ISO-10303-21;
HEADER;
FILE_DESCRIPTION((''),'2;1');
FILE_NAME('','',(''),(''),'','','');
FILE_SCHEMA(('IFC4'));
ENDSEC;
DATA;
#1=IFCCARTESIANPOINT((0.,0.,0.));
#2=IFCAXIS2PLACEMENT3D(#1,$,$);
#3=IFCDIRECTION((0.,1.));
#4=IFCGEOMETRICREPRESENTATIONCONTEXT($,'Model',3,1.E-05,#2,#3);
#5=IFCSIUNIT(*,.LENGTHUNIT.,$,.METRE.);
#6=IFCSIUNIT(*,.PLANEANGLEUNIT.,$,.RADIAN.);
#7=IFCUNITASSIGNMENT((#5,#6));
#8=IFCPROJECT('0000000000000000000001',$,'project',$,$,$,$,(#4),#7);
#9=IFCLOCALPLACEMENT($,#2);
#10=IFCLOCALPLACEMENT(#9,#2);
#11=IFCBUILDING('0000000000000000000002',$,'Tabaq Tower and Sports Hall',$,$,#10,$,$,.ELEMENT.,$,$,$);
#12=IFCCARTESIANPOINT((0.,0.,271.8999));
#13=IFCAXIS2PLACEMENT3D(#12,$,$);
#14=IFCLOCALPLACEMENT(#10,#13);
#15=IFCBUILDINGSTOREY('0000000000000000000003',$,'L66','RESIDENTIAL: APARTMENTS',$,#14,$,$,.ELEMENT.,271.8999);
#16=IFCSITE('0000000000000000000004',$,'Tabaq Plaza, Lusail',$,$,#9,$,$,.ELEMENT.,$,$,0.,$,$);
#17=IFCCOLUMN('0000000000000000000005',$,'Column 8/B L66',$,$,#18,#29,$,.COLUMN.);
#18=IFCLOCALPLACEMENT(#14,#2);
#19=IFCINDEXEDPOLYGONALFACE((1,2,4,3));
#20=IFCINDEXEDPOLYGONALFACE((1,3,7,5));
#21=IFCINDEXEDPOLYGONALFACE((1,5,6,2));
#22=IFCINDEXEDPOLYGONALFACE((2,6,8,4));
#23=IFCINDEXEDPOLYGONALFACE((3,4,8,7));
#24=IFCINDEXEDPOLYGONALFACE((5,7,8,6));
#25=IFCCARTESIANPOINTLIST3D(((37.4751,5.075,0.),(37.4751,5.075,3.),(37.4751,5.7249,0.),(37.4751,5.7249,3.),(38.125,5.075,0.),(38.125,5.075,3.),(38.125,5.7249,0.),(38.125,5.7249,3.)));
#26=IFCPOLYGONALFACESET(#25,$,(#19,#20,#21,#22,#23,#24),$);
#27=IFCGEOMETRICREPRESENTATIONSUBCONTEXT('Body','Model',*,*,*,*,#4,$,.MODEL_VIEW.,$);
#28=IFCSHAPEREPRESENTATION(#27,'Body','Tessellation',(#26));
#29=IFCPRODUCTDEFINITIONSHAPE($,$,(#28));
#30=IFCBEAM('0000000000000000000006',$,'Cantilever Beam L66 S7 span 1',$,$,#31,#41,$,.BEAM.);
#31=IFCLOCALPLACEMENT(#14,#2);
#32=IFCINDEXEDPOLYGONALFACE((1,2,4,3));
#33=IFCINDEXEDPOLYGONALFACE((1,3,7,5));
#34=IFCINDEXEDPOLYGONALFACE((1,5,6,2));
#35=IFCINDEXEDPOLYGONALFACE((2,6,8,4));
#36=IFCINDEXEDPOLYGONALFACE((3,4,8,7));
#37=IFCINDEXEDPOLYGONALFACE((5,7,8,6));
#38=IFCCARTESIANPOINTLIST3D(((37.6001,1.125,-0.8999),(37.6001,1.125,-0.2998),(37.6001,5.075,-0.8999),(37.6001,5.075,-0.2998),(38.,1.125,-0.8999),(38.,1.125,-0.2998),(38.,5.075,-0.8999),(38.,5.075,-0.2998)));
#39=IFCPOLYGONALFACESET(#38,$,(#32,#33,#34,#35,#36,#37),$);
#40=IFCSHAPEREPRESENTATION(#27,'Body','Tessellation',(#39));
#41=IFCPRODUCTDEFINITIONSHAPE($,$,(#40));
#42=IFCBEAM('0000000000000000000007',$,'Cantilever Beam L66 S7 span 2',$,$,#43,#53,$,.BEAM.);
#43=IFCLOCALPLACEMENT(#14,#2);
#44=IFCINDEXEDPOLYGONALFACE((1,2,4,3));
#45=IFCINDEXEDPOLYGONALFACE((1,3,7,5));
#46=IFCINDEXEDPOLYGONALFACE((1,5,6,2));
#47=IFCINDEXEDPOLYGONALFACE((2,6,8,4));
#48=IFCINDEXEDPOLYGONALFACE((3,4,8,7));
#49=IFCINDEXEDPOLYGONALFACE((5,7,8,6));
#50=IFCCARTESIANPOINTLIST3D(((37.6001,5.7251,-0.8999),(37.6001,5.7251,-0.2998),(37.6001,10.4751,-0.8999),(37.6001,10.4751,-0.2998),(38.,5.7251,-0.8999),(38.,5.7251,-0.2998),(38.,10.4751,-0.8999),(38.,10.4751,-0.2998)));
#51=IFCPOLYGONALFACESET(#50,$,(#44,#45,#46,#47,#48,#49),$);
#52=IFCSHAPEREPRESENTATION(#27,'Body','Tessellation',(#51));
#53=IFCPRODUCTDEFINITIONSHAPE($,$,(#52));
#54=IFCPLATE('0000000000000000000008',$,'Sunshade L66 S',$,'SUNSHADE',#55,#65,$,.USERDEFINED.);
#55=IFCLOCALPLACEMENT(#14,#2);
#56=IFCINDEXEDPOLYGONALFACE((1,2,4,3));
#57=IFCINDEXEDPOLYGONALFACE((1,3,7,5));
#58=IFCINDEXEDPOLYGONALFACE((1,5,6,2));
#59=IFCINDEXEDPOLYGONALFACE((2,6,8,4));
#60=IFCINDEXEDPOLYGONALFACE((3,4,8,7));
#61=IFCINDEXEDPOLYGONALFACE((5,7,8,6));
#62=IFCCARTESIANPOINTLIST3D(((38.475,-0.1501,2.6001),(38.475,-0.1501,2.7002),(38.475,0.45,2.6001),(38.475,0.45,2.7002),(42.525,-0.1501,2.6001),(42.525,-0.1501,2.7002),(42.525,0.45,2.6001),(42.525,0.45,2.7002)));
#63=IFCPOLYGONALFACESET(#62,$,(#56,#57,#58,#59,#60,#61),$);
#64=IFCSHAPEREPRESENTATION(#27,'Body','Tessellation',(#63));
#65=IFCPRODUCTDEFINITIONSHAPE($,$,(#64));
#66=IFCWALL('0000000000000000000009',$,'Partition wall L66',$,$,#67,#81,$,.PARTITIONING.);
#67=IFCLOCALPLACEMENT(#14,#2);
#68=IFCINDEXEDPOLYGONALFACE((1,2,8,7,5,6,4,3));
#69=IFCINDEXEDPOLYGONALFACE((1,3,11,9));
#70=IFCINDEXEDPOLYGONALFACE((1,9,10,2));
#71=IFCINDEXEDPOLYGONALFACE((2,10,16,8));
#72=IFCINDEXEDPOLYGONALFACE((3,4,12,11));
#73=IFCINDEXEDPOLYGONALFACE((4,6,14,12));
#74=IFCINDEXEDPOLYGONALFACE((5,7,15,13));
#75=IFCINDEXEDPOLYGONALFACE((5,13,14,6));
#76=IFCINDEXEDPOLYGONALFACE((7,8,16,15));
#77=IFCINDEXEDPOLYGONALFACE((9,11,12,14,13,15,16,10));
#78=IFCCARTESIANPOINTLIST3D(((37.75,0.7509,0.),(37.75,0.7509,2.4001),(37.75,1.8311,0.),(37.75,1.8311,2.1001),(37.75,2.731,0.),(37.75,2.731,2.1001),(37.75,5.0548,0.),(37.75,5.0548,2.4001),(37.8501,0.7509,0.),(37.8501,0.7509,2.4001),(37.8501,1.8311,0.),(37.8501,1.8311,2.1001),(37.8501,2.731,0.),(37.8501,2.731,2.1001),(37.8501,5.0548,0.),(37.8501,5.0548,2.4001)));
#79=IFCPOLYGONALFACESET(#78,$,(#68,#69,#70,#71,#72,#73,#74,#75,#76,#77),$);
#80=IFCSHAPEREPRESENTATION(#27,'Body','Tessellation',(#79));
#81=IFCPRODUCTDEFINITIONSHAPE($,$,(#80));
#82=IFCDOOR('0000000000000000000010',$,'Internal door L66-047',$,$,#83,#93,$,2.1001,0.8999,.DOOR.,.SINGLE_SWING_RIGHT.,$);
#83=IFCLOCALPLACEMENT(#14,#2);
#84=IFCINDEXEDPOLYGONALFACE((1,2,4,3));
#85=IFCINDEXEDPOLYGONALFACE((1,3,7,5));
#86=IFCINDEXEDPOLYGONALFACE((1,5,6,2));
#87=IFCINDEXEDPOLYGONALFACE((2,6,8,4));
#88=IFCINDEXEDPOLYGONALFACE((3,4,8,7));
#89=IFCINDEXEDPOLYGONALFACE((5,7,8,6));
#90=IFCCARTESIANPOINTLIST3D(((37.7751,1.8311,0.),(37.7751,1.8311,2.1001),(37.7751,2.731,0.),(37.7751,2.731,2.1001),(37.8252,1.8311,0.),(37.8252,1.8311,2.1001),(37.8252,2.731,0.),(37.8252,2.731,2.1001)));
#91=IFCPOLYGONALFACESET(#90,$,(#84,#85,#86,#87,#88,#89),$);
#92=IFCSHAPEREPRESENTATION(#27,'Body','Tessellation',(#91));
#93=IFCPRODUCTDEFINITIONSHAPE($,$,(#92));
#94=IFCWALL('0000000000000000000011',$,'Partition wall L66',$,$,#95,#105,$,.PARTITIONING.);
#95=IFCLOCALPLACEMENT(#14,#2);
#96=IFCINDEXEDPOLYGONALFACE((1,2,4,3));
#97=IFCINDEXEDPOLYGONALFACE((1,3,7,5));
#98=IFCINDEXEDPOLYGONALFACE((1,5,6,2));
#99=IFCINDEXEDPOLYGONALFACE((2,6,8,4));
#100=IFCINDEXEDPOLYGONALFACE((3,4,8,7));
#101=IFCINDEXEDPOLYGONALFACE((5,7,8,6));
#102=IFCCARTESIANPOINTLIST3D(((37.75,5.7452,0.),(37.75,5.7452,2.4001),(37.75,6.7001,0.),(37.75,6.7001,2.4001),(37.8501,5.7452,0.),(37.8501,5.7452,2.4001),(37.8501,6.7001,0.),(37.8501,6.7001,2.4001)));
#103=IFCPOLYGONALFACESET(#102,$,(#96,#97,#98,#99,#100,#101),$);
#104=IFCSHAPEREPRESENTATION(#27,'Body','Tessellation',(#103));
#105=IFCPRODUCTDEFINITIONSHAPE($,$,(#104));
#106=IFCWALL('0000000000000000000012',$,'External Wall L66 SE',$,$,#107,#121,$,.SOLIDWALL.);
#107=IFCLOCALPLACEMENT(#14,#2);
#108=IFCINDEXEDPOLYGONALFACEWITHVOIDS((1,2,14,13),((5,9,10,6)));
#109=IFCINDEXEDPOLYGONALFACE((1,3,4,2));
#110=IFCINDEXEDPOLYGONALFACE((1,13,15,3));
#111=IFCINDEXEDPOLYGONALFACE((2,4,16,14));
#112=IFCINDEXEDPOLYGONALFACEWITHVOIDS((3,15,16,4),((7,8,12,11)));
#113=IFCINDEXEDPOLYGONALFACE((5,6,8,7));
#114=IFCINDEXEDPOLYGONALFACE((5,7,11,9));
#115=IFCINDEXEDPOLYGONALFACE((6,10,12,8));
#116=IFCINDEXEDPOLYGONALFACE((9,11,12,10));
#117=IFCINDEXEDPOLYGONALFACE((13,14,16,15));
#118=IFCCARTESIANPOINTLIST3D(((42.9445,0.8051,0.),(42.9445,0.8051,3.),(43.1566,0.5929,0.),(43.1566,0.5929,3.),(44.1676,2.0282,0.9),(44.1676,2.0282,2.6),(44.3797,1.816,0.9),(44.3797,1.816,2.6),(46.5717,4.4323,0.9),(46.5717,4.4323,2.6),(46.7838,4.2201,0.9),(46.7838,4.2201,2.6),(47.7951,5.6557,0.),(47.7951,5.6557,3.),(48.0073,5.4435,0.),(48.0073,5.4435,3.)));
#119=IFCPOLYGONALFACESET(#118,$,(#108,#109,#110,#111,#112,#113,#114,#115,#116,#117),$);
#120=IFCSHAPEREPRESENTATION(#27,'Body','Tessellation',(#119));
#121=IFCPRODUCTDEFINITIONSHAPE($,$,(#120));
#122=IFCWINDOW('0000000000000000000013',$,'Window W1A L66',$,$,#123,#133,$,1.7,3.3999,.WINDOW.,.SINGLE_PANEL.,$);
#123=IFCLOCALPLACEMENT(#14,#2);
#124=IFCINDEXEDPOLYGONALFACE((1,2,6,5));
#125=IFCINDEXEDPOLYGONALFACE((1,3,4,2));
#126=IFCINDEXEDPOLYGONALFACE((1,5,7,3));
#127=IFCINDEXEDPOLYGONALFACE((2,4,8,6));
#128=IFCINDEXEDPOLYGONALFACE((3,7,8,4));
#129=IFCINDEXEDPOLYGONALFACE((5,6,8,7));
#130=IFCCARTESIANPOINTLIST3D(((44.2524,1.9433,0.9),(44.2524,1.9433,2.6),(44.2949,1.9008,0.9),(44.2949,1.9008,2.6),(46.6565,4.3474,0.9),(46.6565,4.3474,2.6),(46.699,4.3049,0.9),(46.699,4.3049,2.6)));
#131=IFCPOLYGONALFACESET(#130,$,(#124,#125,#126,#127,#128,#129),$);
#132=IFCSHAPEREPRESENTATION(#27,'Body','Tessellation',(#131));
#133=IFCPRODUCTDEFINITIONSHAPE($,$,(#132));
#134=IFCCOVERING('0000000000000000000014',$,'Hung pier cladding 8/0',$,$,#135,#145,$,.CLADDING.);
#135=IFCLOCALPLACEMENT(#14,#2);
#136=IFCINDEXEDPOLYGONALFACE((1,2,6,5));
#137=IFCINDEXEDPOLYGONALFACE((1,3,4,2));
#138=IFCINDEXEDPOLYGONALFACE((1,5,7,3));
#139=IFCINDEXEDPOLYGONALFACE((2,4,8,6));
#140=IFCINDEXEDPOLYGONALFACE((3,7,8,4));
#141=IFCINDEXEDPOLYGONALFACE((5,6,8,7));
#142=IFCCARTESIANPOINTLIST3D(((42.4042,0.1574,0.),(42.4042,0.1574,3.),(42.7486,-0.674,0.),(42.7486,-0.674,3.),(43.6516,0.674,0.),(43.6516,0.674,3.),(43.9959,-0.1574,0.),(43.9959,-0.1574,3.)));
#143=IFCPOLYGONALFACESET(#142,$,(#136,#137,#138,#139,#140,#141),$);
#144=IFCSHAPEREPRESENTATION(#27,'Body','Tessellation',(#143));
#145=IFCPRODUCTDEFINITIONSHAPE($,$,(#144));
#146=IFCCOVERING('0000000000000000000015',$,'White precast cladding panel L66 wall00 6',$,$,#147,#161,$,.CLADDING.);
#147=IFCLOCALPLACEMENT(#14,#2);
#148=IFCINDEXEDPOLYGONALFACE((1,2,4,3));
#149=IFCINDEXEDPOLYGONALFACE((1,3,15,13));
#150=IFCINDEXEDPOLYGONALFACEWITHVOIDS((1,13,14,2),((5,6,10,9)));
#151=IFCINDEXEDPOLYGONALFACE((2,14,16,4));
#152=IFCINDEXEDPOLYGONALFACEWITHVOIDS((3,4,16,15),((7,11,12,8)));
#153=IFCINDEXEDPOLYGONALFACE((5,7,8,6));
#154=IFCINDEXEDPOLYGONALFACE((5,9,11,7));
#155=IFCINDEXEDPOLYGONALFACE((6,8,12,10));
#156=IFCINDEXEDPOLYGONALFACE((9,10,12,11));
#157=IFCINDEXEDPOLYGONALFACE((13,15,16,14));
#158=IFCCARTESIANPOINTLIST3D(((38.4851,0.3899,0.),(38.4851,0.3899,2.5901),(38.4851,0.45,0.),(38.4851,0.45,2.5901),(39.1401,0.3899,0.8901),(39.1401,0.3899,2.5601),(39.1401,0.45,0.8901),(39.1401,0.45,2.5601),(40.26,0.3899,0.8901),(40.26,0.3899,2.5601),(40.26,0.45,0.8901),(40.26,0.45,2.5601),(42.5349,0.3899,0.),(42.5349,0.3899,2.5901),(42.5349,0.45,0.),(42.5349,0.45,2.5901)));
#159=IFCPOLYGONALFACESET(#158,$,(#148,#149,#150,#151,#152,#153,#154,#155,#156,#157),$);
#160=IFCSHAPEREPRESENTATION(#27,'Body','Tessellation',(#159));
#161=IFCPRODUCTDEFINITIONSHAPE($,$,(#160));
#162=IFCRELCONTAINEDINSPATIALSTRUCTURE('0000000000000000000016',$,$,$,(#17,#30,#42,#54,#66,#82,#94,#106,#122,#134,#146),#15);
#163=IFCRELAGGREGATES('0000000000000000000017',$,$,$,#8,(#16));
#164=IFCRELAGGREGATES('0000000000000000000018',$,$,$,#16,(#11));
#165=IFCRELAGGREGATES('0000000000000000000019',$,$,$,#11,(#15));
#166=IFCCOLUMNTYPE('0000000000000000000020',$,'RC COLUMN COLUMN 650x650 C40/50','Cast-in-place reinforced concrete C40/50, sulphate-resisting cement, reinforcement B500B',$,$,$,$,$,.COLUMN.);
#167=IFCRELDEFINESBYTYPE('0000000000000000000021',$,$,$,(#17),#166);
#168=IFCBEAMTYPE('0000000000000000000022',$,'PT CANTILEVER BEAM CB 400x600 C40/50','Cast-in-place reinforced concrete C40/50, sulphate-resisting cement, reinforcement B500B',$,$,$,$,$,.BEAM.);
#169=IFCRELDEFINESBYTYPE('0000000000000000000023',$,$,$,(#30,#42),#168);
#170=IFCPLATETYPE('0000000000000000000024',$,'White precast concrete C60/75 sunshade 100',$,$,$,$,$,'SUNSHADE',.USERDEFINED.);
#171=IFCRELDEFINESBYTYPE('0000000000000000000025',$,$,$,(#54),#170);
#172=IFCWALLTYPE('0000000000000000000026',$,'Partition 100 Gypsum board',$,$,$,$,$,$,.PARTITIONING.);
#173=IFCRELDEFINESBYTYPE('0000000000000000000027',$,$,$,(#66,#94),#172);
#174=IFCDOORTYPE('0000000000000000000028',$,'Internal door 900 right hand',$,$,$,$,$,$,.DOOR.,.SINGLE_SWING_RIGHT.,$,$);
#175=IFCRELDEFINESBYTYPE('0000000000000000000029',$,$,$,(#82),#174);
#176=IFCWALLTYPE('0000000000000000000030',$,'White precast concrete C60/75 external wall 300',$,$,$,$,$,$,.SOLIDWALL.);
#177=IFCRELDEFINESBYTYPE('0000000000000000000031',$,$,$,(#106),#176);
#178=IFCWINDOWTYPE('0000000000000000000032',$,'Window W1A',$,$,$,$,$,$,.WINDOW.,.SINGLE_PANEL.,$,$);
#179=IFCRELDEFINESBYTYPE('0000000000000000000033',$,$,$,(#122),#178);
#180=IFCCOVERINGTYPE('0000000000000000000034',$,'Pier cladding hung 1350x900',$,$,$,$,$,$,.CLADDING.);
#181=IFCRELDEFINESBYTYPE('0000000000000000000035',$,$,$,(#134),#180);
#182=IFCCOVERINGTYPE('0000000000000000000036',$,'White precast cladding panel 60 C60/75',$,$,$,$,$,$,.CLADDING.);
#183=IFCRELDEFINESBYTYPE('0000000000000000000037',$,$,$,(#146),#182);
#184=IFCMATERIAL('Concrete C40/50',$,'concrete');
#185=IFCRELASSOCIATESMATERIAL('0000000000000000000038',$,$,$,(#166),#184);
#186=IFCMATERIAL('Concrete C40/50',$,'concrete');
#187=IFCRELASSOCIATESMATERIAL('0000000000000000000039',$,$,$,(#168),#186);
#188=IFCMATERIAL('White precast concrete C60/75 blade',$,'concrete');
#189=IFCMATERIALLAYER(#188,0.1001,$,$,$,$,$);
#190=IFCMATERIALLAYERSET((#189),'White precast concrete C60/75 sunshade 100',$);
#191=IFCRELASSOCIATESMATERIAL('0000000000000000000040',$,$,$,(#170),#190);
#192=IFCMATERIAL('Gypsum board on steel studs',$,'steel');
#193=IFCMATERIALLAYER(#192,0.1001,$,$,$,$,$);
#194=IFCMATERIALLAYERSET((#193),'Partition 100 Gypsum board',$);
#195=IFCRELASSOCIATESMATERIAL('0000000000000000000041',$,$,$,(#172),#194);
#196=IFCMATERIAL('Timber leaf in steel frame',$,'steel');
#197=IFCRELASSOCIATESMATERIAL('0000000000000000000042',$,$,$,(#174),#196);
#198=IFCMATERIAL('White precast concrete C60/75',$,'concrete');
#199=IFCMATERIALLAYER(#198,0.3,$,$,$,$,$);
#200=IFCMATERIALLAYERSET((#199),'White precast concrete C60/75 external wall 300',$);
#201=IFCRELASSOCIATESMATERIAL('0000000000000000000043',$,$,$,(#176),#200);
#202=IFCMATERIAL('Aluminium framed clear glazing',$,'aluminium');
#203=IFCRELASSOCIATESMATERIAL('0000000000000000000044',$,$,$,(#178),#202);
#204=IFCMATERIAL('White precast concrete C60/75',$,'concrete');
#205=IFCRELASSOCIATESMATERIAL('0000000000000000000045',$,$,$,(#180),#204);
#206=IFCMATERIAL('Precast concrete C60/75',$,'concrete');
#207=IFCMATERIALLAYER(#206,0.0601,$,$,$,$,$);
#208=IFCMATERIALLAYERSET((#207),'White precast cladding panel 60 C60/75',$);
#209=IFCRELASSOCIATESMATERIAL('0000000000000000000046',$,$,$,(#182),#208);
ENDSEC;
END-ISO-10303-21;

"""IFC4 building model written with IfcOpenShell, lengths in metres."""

from ifc_helpers import new_model, si_unit, direction, frame, frame_2d, origin, origin_2d, place, context, subcontext, project, spatial, polyline, rectangle, outline, extrude, material, layer, layer_set, material_profile, profile_set, type_object, element, fill, save


model = new_model("IFC4")

# Units and contexts
model_context = context("Model", 3, precision=1e-05, world=origin(), true_north=direction((0.0, 1.0)))
body_context = subcontext(model_context, "Body", "Model", "MODEL_VIEW")
ifc_project = project(units=[si_unit("LENGTHUNIT", "METRE"), si_unit("PLANEANGLEUNIT", "RADIAN")], contexts=[model_context])

# Site, building, storey
site_placement = place(None, origin())
site = spatial("IfcSite", under=ifc_project, at=site_placement, Name="Tabaq Plaza, Lusail", CompositionType="ELEMENT", RefElevation=0.0)
building_placement = place(site_placement, origin())
building = spatial("IfcBuilding", under=site, at=building_placement, Name="Tabaq Tower and Sports Hall", CompositionType="ELEMENT")
storey_placement = place(building_placement, frame((0.0, 0.0, 271.8999)))
storey = spatial("IfcBuildingStorey", under=building, at=storey_placement, Name="L66", Description="RESIDENTIAL: APARTMENTS", CompositionType="ELEMENT", Elevation=271.8999)

# Column
ifc_material_1 = material(Name="Concrete C40/50", Category="concrete")
ifc_material_profile_1 = material_profile(ifc_material_1, rectangle(XDim=0.6499, YDim=0.6499, at=origin_2d()), Name="COLUMN 650x650")
ifc_profile_set_1 = profile_set([ifc_material_profile_1], Name="Concrete C40/50")
column_type = type_object("IfcColumnType", Name="RC COLUMN COLUMN 650x650 C40/50", Description="Cast-in-place reinforced concrete C40/50, sulphate-resisting cement, reinforcement B500B", PredefinedType="COLUMN", material=ifc_profile_set_1)
column_placement = place(storey_placement, frame((37.8, 5.3999, 0.0), z_axis=(0.0, 0.0, 1.0), x_axis=(1.0, 0.0, 0.0)))
element("IfcColumn", 1, at=column_placement, inside=storey, type_object=column_type, Name="Column 8/B L66", PredefinedType="COLUMN", context=body_context, shape_type="SweptSolid", body=[
    extrude(rectangle(XDim=0.6499, YDim=0.6499, at=origin_2d()), origin(), (0.0, 0.0, 1.0), 3.0),
])

# Beams
ifc_material_2 = material(Name="Concrete C40/50", Category="concrete")
ifc_material_profile_2 = material_profile(ifc_material_2, rectangle(XDim=0.3999, YDim=0.6001, at=origin_2d()), Name="CB 400x600")
ifc_profile_set_2 = profile_set([ifc_material_profile_2], Name="Concrete C40/50")
beam_type = type_object("IfcBeamType", Name="PT CANTILEVER BEAM CB 400x600 C40/50", Description="Cast-in-place reinforced concrete C40/50, sulphate-resisting cement, reinforcement B500B", PredefinedType="BEAM", material=ifc_profile_set_2)
beam_1_placement = place(storey_placement, frame((37.8, 1.125, -0.5999), z_axis=(0.0, 1.0, 0.0), x_axis=(-1.0, 0.0, 0.0)))
element("IfcBeam", 2, at=beam_1_placement, inside=storey, type_object=beam_type, Name="Cantilever Beam L66 S7 span 1", PredefinedType="BEAM", context=body_context, shape_type="SweptSolid", body=[
    extrude(rectangle(XDim=0.3999, YDim=0.6001, at=origin_2d()), origin(), (0.0, 0.0, 1.0), 3.95),
])
beam_2_placement = place(storey_placement, frame((37.8, 5.7251, -0.5999), z_axis=(0.0, 1.0, 0.0), x_axis=(-1.0, 0.0, 0.0)))
element("IfcBeam", 3, at=beam_2_placement, inside=storey, type_object=beam_type, Name="Cantilever Beam L66 S7 span 2", PredefinedType="BEAM", context=body_context, shape_type="SweptSolid", body=[
    extrude(rectangle(XDim=0.3999, YDim=0.6001, at=origin_2d()), origin(), (0.0, 0.0, 1.0), 4.75),
])

# Plate
ifc_material_3 = material(Name="White precast concrete C60/75 blade", Category="concrete")
ifc_layer_1 = layer(ifc_material_3, 0.1001)
ifc_layer_set_1 = layer_set([ifc_layer_1], Name="White precast concrete C60/75 sunshade 100")
plate_type = type_object("IfcPlateType", Name="White precast concrete C60/75 sunshade 100", ElementType="SUNSHADE", PredefinedType="USERDEFINED", material=ifc_layer_set_1)
plate_placement = place(storey_placement, frame((40.5, 0.1499, 2.6001), z_axis=(0.0, 0.0, 1.0), x_axis=(1.0, 0.0, 0.0)))
element("IfcPlate", 4, at=plate_placement, inside=storey, type_object=plate_type, Name="Sunshade L66 S", ObjectType="SUNSHADE", PredefinedType="USERDEFINED", context=body_context, shape_type="SweptSolid", body=[
    extrude(rectangle(XDim=4.05, YDim=0.6001, at=origin_2d()), origin(), (0.0, 0.0, 1.0), 0.1001),
])

# Wall, opening, door
ifc_material_4 = material(Name="Gypsum board on steel studs", Category="steel")
ifc_layer_2 = layer(ifc_material_4, 0.1001)
ifc_layer_set_2 = layer_set([ifc_layer_2], Name="Partition 100 Gypsum board")
wall_type_1 = type_object("IfcWallType", Name="Partition 100 Gypsum board", PredefinedType="PARTITIONING", material=ifc_layer_set_2)
wall_1_placement = place(storey_placement, frame((37.8, 0.751, 0.0), z_axis=(0.0, 0.0, 1.0), x_axis=(0.0, 1.0, 0.0)))
wall_1 = element("IfcWall", 5, at=wall_1_placement, inside=storey, type_object=wall_type_1, Name="Partition wall L66", PredefinedType="PARTITIONING", context=body_context, shape_type="SweptSolid", body=[
    extrude(rectangle(XDim=4.304, YDim=0.1001, at=frame_2d((2.1519, 0.0))), origin(), (0.0, 0.0, 1.0), 2.4001),
])
opening_1_placement = place(wall_1_placement, frame((1.0801, 0.0, 0.0)))
opening_1 = element("IfcOpeningElement", 6, at=opening_1_placement, cuts=wall_1, PredefinedType="OPENING", context=body_context, shape_type="SweptSolid", body=[
    extrude(rectangle(XDim=0.8999, YDim=2.1001, at=frame_2d((0.45, 1.05))), frame((0.0, 0.05, 0.0), z_axis=(0.0, -1.0, 0.0), x_axis=(1.0, 0.0, 0.0)), (0.0, 0.0, 1.0), 0.1001),
])
ifc_material_5 = material(Name="Timber leaf in steel frame", Category="steel")
door_type = type_object("IfcDoorType", Name="Internal door 900 right hand", OperationType="SINGLE_SWING_RIGHT", PredefinedType="DOOR", material=ifc_material_5)
door_placement = place(opening_1_placement, origin())
door = element("IfcDoor", 7, at=door_placement, inside=storey, type_object=door_type, Name="Internal door L66-047", OperationType="SINGLE_SWING_RIGHT", OverallHeight=2.1001, OverallWidth=0.8999, PredefinedType="DOOR", context=body_context, shape_type="SweptSolid", body=[
    extrude(rectangle(XDim=0.8999, YDim=2.1001, at=frame_2d((0.45, 1.05))), frame((0.0, 0.0249, 0.0), z_axis=(0.0, -1.0, 0.0), x_axis=(1.0, 0.0, 0.0)), (0.0, 0.0, 1.0), 0.05),
])
fill(opening_1, door)

# Wall
wall_2_placement = place(storey_placement, frame((37.8, 5.7451, 0.0), z_axis=(0.0, 0.0, 1.0), x_axis=(0.0, 1.0, 0.0)))
element("IfcWall", 8, at=wall_2_placement, inside=storey, type_object=wall_type_1, Name="Partition wall L66", PredefinedType="PARTITIONING", context=body_context, shape_type="SweptSolid", body=[
    extrude(rectangle(XDim=0.9548, YDim=0.1001, at=frame_2d((0.4775, 0.0))), origin(), (0.0, 0.0, 1.0), 2.4001),
])

# Wall, opening, window
ifc_material_6 = material(Name="White precast concrete C60/75", Category="concrete")
ifc_layer_3 = layer(ifc_material_6, 0.3)
ifc_layer_set_3 = layer_set([ifc_layer_3], Name="White precast concrete C60/75 external wall 300")
wall_type_2 = type_object("IfcWallType", Name="White precast concrete C60/75 external wall 300", PredefinedType="SOLIDWALL", material=ifc_layer_set_3)
wall_3_placement = place(storey_placement, frame((43.0505, 0.699, 0.0), z_axis=(0.0, 0.0, 1.0), x_axis=(0.707107, 0.707107, 0.0)))
wall_3 = element("IfcWall", 9, at=wall_3_placement, inside=storey, type_object=wall_type_2, Name="External Wall L66 SE", PredefinedType="SOLIDWALL", context=body_context, shape_type="SweptSolid", body=[
    extrude(rectangle(XDim=6.8599, YDim=0.3, at=frame_2d((3.4299, 0.0))), origin(), (0.0, 0.0, 1.0), 3.0),
])
opening_2_placement = place(wall_3_placement, frame((1.7297, 0.0, 0.8999)))
opening_2 = element("IfcOpeningElement", 10, at=opening_2_placement, cuts=wall_3, PredefinedType="OPENING", context=body_context, shape_type="SweptSolid", body=[
    extrude(rectangle(XDim=3.3999, YDim=1.7, at=frame_2d((1.7, 0.8501))), frame((0.0, 0.1602, 0.0), z_axis=(0.0, -1.0, 0.0), x_axis=(1.0, 0.0, 0.0)), (0.0, 0.0, 1.0), 0.3201),
])
ifc_material_7 = material(Name="Aluminium framed clear glazing", Category="aluminium")
window_type = type_object("IfcWindowType", Name="Window W1A", PartitioningType="SINGLE_PANEL", PredefinedType="WINDOW", material=ifc_material_7)
window_placement = place(opening_2_placement, origin())
window = element("IfcWindow", 11, at=window_placement, inside=storey, type_object=window_type, Name="Window W1A L66", OverallHeight=1.7, OverallWidth=3.3999, PartitioningType="SINGLE_PANEL", PredefinedType="WINDOW", context=body_context, shape_type="SweptSolid", body=[
    extrude(rectangle(XDim=3.3999, YDim=1.7, at=frame_2d((1.7, 0.8501))), frame((0.0, 0.03, 0.0), z_axis=(0.0, -1.0, 0.0), x_axis=(1.0, 0.0, 0.0)), (0.0, 0.0, 1.0), 0.0601),
])
fill(opening_2, window)

# Coverings
ifc_material_8 = material(Name="White precast concrete C60/75", Category="concrete")
covering_type_1 = type_object("IfcCoveringType", Name="Pier cladding hung 1350x900", PredefinedType="CLADDING", material=ifc_material_8)
covering_1_placement = place(storey_placement, frame((42.5764, -0.2583, 0.0), z_axis=(0.0, 0.0, 1.0), x_axis=(0.923893, 0.38265, 0.0)))
element("IfcCovering", 12, at=covering_1_placement, inside=storey, type_object=covering_type_1, Name="Hung pier cladding 8/0", PredefinedType="CLADDING", context=body_context, shape_type="SweptSolid", body=[
    extrude(rectangle(XDim=1.3501, YDim=0.8999, at=frame_2d((0.675, 0.0))), origin(), (0.0, 0.0, 1.0), 3.0),
])
ifc_material_9 = material(Name="Precast concrete C60/75", Category="concrete")
ifc_layer_4 = layer(ifc_material_9, 0.0601)
ifc_layer_set_4 = layer_set([ifc_layer_4], Name="White precast cladding panel 60 C60/75")
covering_type_2 = type_object("IfcCoveringType", Name="White precast cladding panel 60 C60/75", PredefinedType="CLADDING", material=ifc_layer_set_4)
covering_2_placement = place(storey_placement, frame((38.4851, 0.4199, 0.0), z_axis=(0.0, 0.0, 1.0), x_axis=(1.0, 0.0, 0.0)))
element("IfcCovering", 13, at=covering_2_placement, inside=storey, type_object=covering_type_2, Name="White precast cladding panel L66 wall00 6", PredefinedType="CLADDING", context=body_context, shape_type="SweptSolid", body=[
    extrude(outline(polyline([(0.0, 0.0), (4.0498, 0.0), (4.0498, 2.5901), (0.0, 2.5901), (0.0, 0.0)]), holes=[polyline([(1.7749, 0.8901), (0.655, 0.8901), (0.655, 2.5601), (1.7749, 2.5601), (1.7749, 0.8901)])]), frame((0.0, 0.03, 0.0), z_axis=(0.0, -1.0, 0.0), x_axis=(1.0, 0.0, 0.0)), (0.0, 0.0, 1.0), 0.0601),
])

save(model, "model.ifc")
